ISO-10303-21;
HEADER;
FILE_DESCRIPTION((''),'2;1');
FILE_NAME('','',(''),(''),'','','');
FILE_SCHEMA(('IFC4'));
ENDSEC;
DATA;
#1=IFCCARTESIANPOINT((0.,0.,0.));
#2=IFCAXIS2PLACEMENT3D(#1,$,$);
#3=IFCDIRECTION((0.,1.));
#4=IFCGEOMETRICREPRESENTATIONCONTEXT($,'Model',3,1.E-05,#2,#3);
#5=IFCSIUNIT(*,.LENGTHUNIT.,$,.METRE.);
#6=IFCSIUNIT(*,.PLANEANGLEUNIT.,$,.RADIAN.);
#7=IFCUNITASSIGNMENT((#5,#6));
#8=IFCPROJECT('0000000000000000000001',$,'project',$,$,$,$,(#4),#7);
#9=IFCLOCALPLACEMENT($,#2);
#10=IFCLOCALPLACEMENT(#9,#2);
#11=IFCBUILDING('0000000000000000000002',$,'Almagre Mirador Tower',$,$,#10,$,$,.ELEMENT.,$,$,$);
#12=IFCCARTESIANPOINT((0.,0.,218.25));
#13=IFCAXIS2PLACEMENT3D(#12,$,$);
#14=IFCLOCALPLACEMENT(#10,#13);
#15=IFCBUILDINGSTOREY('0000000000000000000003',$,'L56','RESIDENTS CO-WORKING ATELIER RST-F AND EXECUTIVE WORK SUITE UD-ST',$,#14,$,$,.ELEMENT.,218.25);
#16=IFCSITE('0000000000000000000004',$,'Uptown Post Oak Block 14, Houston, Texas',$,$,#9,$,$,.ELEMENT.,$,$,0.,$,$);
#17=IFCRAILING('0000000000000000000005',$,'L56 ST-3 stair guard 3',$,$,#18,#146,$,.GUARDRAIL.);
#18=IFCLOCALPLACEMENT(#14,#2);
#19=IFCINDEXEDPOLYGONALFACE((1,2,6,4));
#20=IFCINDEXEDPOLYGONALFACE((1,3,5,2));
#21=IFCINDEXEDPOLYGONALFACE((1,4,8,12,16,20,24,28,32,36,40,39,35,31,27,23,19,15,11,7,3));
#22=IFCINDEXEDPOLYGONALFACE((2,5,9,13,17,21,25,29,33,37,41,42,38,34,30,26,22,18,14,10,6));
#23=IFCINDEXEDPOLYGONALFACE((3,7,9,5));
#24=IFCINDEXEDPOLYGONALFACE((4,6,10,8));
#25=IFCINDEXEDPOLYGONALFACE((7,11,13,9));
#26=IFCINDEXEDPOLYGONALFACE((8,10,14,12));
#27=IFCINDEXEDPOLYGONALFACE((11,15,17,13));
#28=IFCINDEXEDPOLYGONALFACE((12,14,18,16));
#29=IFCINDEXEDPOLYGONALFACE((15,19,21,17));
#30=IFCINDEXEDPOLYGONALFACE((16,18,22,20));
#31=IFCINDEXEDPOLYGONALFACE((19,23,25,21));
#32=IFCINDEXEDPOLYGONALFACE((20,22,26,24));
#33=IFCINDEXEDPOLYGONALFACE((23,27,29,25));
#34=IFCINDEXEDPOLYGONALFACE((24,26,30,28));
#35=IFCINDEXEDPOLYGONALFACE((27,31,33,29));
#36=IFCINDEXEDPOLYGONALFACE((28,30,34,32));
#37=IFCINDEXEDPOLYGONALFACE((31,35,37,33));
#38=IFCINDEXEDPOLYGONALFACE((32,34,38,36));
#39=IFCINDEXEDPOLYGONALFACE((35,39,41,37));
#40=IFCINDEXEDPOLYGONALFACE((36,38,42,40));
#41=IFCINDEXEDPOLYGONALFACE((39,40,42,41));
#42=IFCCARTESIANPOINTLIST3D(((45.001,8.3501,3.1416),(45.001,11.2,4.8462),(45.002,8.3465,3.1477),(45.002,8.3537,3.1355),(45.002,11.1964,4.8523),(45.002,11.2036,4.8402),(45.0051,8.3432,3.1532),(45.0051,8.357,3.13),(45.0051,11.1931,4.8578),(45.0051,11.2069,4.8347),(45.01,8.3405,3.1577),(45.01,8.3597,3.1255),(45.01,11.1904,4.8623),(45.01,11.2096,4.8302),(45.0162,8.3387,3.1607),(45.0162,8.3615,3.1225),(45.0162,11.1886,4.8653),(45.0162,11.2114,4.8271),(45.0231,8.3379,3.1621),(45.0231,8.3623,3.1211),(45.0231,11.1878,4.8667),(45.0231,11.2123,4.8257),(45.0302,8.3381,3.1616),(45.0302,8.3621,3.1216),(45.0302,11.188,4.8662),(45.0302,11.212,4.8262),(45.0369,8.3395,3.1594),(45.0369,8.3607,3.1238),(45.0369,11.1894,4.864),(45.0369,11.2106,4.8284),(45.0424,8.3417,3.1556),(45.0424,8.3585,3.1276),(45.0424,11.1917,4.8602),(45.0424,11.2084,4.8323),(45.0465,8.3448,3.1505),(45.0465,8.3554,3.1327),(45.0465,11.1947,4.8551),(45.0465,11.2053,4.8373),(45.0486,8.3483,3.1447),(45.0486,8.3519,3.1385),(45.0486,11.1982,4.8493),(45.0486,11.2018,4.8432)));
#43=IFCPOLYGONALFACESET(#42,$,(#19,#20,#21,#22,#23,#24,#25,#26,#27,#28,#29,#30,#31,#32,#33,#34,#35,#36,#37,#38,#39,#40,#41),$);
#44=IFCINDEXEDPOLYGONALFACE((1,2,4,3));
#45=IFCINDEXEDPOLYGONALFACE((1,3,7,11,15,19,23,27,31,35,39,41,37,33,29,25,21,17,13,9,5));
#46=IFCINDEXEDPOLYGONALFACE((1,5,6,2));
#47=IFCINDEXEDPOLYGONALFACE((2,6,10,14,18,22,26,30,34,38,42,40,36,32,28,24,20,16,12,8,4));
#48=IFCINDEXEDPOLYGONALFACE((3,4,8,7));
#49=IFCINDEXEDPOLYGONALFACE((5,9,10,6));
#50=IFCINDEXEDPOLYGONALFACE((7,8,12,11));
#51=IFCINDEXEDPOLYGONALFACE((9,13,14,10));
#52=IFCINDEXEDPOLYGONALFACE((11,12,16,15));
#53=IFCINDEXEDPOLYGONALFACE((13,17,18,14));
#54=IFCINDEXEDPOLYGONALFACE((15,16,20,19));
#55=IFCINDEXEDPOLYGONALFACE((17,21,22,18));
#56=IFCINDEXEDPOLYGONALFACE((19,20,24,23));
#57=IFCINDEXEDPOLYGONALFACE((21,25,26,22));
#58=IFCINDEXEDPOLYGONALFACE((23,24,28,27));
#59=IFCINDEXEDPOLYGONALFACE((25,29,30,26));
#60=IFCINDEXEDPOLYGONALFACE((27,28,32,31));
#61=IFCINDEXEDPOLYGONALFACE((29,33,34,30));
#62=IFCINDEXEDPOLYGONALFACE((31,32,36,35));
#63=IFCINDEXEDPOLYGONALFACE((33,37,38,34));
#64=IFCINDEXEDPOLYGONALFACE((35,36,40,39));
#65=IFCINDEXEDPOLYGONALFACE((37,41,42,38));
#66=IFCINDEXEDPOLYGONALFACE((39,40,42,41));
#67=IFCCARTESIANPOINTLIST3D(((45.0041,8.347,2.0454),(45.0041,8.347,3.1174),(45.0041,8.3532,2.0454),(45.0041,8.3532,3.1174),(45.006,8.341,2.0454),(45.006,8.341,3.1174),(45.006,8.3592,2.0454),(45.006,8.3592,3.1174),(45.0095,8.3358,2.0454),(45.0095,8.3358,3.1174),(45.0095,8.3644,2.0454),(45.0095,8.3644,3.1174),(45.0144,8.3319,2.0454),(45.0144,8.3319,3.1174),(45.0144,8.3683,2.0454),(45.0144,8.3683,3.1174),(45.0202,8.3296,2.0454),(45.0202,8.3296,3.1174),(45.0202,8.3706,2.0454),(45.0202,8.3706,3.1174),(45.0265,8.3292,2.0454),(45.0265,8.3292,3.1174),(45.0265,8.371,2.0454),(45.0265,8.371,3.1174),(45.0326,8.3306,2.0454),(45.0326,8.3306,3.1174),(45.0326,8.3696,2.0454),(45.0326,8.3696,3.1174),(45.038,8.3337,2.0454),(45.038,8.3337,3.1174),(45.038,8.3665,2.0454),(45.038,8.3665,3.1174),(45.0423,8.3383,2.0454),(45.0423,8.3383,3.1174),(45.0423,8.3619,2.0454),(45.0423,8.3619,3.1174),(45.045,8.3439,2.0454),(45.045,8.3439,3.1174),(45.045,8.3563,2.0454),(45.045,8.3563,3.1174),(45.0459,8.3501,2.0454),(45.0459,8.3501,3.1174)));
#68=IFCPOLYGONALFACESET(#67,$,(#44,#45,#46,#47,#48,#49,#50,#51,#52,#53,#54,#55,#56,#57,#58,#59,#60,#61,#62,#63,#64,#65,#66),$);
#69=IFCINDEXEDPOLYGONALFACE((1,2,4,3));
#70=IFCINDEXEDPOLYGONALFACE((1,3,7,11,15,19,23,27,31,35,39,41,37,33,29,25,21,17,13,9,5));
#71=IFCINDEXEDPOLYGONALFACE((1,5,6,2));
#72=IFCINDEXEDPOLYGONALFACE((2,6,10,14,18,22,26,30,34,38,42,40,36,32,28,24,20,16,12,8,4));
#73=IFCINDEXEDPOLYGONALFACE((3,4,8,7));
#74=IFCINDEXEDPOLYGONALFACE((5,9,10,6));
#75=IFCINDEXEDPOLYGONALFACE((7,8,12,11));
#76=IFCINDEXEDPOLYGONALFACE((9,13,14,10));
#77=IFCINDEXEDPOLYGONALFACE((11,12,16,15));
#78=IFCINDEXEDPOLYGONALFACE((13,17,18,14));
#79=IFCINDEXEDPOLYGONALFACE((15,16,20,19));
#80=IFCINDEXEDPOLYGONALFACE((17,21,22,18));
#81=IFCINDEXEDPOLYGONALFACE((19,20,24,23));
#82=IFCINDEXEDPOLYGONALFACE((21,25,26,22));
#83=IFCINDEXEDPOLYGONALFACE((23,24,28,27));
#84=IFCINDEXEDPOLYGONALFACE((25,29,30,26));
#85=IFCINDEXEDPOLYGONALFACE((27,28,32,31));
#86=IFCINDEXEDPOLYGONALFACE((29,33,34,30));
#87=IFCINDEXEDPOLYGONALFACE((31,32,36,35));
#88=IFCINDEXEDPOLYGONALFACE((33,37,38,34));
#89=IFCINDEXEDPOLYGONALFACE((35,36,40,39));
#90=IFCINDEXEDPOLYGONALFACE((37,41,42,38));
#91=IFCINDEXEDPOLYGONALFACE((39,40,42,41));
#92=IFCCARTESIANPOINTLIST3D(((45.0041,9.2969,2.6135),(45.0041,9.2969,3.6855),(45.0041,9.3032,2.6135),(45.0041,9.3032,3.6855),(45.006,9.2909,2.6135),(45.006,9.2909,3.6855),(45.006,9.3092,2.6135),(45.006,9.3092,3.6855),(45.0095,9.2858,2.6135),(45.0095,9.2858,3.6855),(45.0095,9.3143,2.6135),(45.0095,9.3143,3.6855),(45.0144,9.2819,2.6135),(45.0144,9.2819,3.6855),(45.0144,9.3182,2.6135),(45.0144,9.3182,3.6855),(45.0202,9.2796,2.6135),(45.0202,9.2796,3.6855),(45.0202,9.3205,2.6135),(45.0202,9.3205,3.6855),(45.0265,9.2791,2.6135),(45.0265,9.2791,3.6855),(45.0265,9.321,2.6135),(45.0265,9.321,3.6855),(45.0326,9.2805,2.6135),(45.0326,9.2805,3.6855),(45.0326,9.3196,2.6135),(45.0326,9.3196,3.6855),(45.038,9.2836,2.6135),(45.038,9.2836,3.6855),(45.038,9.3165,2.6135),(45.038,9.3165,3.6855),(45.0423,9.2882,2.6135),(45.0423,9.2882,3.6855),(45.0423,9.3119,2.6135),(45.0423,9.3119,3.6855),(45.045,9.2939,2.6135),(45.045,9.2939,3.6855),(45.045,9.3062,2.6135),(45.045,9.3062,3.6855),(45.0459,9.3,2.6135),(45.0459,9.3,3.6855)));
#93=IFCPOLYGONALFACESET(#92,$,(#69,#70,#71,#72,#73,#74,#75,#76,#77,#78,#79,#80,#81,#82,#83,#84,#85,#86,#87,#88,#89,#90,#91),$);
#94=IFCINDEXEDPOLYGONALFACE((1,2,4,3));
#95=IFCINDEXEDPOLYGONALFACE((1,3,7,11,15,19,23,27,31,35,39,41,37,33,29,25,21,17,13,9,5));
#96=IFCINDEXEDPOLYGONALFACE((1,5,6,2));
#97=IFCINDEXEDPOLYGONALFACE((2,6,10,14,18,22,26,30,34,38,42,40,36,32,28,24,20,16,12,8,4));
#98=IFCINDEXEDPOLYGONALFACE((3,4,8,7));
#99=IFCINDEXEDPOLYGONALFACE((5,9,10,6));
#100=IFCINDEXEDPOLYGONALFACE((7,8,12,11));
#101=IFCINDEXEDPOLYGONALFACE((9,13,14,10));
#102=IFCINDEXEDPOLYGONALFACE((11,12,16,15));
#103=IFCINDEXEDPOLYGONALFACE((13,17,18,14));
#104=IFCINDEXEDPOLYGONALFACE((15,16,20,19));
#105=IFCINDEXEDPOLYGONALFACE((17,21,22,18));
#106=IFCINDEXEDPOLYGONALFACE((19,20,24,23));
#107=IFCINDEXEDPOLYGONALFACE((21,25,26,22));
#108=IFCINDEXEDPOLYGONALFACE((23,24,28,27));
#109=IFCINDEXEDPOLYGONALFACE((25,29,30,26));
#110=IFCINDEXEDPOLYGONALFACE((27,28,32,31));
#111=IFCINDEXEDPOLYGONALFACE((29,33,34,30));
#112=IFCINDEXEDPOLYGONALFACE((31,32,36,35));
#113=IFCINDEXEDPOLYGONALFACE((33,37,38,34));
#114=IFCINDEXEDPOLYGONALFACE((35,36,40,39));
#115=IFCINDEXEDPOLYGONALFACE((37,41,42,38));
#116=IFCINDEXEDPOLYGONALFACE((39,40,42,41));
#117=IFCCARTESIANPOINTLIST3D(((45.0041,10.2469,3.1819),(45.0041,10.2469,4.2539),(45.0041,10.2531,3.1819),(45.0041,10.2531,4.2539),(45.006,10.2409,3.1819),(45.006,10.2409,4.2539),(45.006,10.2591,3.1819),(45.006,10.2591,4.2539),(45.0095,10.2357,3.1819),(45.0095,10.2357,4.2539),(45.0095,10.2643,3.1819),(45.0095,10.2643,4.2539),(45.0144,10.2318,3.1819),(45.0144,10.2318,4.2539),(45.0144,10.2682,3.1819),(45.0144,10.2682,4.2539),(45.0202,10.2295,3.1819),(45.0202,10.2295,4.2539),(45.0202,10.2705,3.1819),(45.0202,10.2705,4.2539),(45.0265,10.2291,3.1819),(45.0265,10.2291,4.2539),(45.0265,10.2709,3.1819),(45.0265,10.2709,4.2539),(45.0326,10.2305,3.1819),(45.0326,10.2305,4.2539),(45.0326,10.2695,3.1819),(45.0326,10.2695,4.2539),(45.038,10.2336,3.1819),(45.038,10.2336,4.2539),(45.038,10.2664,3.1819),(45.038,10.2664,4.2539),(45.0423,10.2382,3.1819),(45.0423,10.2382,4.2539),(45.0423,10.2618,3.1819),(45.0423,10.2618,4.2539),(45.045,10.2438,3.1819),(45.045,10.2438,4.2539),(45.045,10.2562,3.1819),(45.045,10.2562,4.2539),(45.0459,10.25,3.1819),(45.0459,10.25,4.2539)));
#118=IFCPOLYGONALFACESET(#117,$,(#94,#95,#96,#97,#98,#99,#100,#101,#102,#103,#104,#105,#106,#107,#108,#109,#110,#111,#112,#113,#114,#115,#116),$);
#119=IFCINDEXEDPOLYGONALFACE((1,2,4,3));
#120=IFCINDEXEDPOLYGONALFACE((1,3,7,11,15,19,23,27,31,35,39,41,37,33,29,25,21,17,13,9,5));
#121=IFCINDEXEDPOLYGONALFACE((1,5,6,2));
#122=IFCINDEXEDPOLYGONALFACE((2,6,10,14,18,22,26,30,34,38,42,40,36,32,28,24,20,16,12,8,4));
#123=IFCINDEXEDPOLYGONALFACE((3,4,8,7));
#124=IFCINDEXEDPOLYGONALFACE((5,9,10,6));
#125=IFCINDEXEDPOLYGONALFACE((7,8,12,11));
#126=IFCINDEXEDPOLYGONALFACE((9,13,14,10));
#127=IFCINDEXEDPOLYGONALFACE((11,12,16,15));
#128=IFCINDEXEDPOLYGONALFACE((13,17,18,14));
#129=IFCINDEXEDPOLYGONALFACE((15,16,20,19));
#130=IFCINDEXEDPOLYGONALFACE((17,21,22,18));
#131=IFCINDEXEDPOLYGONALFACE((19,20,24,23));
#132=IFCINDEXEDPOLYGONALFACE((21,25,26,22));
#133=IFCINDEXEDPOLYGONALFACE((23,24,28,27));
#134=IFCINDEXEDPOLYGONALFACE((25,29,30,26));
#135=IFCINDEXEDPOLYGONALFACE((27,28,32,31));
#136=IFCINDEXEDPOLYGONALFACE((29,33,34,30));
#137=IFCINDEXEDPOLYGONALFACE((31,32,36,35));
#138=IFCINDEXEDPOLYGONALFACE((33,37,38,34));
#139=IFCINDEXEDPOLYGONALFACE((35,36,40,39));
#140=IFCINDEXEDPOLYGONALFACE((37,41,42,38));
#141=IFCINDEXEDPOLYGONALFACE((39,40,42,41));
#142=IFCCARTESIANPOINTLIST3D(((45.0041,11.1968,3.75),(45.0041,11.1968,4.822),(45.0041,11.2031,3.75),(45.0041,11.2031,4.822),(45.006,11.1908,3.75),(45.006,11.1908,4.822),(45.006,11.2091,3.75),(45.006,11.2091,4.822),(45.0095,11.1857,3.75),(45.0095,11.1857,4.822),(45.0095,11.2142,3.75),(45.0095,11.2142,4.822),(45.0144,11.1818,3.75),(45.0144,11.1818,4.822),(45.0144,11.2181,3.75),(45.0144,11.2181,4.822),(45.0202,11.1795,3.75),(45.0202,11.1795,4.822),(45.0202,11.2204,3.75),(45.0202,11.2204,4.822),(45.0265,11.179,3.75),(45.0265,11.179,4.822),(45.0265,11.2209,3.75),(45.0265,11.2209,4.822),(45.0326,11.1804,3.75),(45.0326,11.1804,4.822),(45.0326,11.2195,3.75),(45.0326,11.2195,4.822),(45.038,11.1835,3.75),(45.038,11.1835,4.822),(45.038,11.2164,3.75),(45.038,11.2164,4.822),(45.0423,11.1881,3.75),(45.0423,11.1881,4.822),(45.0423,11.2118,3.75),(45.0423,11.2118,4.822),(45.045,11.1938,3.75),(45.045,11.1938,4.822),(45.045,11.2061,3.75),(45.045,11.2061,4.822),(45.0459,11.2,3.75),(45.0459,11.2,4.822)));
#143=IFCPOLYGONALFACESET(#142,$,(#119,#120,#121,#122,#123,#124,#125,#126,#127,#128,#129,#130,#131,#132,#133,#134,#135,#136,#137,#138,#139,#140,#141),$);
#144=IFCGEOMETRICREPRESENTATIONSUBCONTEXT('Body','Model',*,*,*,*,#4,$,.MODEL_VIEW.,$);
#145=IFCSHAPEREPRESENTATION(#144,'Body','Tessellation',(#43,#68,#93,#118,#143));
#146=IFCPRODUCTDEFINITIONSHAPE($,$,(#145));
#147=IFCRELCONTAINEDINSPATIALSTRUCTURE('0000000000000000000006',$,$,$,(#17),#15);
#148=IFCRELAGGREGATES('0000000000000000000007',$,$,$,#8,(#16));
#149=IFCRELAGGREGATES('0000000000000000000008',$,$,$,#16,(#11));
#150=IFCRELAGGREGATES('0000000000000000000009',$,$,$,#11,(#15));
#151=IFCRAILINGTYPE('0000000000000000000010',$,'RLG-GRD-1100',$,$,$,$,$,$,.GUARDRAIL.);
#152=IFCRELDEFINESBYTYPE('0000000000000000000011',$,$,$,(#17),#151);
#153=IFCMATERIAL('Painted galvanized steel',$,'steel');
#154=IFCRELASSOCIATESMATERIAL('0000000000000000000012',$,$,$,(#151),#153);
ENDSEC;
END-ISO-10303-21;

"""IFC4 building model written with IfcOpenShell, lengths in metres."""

from ifc_helpers import new_model, si_unit, direction, frame, origin, origin_2d, place, context, subcontext, project, spatial, circle, extrude, material, type_object, element, save


model = new_model("IFC4")

# Units and contexts
model_context = context("Model", 3, precision=1e-05, world=origin(), true_north=direction((0.0, 1.0)))
body_context = subcontext(model_context, "Body", "Model", "MODEL_VIEW")
ifc_project = project(units=[si_unit("LENGTHUNIT", "METRE"), si_unit("PLANEANGLEUNIT", "RADIAN")], contexts=[model_context])

# Site, building, storey
site_placement = place(None, origin())
site = spatial("IfcSite", under=ifc_project, at=site_placement, Name="Uptown Post Oak Block 14, Houston, Texas", CompositionType="ELEMENT", RefElevation=0.0)
building_placement = place(site_placement, origin())
building = spatial("IfcBuilding", under=site, at=building_placement, Name="Almagre Mirador Tower", CompositionType="ELEMENT")
storey_placement = place(building_placement, frame((0.0, 0.0, 218.25)))
storey = spatial("IfcBuildingStorey", under=building, at=storey_placement, Name="L56", Description="RESIDENTS CO-WORKING ATELIER RST-F AND EXECUTIVE WORK SUITE UD-ST", CompositionType="ELEMENT", Elevation=218.25)

# Railing
ifc_material_1 = material(Name="Painted galvanized steel", Category="steel")
railing_type_1 = type_object("IfcRailingType", Name="RLG-GRD-1100", PredefinedType="GUARDRAIL", material=ifc_material_1)
railing_1_placement = place(storey_placement, frame((45.0249, 8.3501, 2.0454)))
element("IfcRailing", 1, at=railing_1_placement, inside=storey, type_object=railing_type_1, Name="L56 ST-3 stair guard 3", PredefinedType="GUARDRAIL", context=body_context, shape_type="SweptSolid", body=[
    extrude(circle(Radius=0.0239, at=origin_2d()), frame((0.0, 0.0, 1.0962), z_axis=(0.0, 0.858199, 0.513317), x_axis=(-1.0, 0.0, 0.0)), (0.0, 0.0, 1.0), 3.3208),
    extrude(circle(Radius=0.021, at=origin_2d()), origin(), (0.0, 0.0, 1.0), 1.072),
    extrude(circle(Radius=0.021, at=origin_2d()), frame((0.0, 0.95, 0.5681)), (0.0, 0.0, 1.0), 1.072),
    extrude(circle(Radius=0.021, at=origin_2d()), frame((0.0, 1.8999, 1.1365)), (0.0, 0.0, 1.0), 1.072),
    extrude(circle(Radius=0.021, at=origin_2d()), frame((0.0, 2.8499, 1.7046)), (0.0, 0.0, 1.0), 1.072),
])

save(model, "model.ifc")
